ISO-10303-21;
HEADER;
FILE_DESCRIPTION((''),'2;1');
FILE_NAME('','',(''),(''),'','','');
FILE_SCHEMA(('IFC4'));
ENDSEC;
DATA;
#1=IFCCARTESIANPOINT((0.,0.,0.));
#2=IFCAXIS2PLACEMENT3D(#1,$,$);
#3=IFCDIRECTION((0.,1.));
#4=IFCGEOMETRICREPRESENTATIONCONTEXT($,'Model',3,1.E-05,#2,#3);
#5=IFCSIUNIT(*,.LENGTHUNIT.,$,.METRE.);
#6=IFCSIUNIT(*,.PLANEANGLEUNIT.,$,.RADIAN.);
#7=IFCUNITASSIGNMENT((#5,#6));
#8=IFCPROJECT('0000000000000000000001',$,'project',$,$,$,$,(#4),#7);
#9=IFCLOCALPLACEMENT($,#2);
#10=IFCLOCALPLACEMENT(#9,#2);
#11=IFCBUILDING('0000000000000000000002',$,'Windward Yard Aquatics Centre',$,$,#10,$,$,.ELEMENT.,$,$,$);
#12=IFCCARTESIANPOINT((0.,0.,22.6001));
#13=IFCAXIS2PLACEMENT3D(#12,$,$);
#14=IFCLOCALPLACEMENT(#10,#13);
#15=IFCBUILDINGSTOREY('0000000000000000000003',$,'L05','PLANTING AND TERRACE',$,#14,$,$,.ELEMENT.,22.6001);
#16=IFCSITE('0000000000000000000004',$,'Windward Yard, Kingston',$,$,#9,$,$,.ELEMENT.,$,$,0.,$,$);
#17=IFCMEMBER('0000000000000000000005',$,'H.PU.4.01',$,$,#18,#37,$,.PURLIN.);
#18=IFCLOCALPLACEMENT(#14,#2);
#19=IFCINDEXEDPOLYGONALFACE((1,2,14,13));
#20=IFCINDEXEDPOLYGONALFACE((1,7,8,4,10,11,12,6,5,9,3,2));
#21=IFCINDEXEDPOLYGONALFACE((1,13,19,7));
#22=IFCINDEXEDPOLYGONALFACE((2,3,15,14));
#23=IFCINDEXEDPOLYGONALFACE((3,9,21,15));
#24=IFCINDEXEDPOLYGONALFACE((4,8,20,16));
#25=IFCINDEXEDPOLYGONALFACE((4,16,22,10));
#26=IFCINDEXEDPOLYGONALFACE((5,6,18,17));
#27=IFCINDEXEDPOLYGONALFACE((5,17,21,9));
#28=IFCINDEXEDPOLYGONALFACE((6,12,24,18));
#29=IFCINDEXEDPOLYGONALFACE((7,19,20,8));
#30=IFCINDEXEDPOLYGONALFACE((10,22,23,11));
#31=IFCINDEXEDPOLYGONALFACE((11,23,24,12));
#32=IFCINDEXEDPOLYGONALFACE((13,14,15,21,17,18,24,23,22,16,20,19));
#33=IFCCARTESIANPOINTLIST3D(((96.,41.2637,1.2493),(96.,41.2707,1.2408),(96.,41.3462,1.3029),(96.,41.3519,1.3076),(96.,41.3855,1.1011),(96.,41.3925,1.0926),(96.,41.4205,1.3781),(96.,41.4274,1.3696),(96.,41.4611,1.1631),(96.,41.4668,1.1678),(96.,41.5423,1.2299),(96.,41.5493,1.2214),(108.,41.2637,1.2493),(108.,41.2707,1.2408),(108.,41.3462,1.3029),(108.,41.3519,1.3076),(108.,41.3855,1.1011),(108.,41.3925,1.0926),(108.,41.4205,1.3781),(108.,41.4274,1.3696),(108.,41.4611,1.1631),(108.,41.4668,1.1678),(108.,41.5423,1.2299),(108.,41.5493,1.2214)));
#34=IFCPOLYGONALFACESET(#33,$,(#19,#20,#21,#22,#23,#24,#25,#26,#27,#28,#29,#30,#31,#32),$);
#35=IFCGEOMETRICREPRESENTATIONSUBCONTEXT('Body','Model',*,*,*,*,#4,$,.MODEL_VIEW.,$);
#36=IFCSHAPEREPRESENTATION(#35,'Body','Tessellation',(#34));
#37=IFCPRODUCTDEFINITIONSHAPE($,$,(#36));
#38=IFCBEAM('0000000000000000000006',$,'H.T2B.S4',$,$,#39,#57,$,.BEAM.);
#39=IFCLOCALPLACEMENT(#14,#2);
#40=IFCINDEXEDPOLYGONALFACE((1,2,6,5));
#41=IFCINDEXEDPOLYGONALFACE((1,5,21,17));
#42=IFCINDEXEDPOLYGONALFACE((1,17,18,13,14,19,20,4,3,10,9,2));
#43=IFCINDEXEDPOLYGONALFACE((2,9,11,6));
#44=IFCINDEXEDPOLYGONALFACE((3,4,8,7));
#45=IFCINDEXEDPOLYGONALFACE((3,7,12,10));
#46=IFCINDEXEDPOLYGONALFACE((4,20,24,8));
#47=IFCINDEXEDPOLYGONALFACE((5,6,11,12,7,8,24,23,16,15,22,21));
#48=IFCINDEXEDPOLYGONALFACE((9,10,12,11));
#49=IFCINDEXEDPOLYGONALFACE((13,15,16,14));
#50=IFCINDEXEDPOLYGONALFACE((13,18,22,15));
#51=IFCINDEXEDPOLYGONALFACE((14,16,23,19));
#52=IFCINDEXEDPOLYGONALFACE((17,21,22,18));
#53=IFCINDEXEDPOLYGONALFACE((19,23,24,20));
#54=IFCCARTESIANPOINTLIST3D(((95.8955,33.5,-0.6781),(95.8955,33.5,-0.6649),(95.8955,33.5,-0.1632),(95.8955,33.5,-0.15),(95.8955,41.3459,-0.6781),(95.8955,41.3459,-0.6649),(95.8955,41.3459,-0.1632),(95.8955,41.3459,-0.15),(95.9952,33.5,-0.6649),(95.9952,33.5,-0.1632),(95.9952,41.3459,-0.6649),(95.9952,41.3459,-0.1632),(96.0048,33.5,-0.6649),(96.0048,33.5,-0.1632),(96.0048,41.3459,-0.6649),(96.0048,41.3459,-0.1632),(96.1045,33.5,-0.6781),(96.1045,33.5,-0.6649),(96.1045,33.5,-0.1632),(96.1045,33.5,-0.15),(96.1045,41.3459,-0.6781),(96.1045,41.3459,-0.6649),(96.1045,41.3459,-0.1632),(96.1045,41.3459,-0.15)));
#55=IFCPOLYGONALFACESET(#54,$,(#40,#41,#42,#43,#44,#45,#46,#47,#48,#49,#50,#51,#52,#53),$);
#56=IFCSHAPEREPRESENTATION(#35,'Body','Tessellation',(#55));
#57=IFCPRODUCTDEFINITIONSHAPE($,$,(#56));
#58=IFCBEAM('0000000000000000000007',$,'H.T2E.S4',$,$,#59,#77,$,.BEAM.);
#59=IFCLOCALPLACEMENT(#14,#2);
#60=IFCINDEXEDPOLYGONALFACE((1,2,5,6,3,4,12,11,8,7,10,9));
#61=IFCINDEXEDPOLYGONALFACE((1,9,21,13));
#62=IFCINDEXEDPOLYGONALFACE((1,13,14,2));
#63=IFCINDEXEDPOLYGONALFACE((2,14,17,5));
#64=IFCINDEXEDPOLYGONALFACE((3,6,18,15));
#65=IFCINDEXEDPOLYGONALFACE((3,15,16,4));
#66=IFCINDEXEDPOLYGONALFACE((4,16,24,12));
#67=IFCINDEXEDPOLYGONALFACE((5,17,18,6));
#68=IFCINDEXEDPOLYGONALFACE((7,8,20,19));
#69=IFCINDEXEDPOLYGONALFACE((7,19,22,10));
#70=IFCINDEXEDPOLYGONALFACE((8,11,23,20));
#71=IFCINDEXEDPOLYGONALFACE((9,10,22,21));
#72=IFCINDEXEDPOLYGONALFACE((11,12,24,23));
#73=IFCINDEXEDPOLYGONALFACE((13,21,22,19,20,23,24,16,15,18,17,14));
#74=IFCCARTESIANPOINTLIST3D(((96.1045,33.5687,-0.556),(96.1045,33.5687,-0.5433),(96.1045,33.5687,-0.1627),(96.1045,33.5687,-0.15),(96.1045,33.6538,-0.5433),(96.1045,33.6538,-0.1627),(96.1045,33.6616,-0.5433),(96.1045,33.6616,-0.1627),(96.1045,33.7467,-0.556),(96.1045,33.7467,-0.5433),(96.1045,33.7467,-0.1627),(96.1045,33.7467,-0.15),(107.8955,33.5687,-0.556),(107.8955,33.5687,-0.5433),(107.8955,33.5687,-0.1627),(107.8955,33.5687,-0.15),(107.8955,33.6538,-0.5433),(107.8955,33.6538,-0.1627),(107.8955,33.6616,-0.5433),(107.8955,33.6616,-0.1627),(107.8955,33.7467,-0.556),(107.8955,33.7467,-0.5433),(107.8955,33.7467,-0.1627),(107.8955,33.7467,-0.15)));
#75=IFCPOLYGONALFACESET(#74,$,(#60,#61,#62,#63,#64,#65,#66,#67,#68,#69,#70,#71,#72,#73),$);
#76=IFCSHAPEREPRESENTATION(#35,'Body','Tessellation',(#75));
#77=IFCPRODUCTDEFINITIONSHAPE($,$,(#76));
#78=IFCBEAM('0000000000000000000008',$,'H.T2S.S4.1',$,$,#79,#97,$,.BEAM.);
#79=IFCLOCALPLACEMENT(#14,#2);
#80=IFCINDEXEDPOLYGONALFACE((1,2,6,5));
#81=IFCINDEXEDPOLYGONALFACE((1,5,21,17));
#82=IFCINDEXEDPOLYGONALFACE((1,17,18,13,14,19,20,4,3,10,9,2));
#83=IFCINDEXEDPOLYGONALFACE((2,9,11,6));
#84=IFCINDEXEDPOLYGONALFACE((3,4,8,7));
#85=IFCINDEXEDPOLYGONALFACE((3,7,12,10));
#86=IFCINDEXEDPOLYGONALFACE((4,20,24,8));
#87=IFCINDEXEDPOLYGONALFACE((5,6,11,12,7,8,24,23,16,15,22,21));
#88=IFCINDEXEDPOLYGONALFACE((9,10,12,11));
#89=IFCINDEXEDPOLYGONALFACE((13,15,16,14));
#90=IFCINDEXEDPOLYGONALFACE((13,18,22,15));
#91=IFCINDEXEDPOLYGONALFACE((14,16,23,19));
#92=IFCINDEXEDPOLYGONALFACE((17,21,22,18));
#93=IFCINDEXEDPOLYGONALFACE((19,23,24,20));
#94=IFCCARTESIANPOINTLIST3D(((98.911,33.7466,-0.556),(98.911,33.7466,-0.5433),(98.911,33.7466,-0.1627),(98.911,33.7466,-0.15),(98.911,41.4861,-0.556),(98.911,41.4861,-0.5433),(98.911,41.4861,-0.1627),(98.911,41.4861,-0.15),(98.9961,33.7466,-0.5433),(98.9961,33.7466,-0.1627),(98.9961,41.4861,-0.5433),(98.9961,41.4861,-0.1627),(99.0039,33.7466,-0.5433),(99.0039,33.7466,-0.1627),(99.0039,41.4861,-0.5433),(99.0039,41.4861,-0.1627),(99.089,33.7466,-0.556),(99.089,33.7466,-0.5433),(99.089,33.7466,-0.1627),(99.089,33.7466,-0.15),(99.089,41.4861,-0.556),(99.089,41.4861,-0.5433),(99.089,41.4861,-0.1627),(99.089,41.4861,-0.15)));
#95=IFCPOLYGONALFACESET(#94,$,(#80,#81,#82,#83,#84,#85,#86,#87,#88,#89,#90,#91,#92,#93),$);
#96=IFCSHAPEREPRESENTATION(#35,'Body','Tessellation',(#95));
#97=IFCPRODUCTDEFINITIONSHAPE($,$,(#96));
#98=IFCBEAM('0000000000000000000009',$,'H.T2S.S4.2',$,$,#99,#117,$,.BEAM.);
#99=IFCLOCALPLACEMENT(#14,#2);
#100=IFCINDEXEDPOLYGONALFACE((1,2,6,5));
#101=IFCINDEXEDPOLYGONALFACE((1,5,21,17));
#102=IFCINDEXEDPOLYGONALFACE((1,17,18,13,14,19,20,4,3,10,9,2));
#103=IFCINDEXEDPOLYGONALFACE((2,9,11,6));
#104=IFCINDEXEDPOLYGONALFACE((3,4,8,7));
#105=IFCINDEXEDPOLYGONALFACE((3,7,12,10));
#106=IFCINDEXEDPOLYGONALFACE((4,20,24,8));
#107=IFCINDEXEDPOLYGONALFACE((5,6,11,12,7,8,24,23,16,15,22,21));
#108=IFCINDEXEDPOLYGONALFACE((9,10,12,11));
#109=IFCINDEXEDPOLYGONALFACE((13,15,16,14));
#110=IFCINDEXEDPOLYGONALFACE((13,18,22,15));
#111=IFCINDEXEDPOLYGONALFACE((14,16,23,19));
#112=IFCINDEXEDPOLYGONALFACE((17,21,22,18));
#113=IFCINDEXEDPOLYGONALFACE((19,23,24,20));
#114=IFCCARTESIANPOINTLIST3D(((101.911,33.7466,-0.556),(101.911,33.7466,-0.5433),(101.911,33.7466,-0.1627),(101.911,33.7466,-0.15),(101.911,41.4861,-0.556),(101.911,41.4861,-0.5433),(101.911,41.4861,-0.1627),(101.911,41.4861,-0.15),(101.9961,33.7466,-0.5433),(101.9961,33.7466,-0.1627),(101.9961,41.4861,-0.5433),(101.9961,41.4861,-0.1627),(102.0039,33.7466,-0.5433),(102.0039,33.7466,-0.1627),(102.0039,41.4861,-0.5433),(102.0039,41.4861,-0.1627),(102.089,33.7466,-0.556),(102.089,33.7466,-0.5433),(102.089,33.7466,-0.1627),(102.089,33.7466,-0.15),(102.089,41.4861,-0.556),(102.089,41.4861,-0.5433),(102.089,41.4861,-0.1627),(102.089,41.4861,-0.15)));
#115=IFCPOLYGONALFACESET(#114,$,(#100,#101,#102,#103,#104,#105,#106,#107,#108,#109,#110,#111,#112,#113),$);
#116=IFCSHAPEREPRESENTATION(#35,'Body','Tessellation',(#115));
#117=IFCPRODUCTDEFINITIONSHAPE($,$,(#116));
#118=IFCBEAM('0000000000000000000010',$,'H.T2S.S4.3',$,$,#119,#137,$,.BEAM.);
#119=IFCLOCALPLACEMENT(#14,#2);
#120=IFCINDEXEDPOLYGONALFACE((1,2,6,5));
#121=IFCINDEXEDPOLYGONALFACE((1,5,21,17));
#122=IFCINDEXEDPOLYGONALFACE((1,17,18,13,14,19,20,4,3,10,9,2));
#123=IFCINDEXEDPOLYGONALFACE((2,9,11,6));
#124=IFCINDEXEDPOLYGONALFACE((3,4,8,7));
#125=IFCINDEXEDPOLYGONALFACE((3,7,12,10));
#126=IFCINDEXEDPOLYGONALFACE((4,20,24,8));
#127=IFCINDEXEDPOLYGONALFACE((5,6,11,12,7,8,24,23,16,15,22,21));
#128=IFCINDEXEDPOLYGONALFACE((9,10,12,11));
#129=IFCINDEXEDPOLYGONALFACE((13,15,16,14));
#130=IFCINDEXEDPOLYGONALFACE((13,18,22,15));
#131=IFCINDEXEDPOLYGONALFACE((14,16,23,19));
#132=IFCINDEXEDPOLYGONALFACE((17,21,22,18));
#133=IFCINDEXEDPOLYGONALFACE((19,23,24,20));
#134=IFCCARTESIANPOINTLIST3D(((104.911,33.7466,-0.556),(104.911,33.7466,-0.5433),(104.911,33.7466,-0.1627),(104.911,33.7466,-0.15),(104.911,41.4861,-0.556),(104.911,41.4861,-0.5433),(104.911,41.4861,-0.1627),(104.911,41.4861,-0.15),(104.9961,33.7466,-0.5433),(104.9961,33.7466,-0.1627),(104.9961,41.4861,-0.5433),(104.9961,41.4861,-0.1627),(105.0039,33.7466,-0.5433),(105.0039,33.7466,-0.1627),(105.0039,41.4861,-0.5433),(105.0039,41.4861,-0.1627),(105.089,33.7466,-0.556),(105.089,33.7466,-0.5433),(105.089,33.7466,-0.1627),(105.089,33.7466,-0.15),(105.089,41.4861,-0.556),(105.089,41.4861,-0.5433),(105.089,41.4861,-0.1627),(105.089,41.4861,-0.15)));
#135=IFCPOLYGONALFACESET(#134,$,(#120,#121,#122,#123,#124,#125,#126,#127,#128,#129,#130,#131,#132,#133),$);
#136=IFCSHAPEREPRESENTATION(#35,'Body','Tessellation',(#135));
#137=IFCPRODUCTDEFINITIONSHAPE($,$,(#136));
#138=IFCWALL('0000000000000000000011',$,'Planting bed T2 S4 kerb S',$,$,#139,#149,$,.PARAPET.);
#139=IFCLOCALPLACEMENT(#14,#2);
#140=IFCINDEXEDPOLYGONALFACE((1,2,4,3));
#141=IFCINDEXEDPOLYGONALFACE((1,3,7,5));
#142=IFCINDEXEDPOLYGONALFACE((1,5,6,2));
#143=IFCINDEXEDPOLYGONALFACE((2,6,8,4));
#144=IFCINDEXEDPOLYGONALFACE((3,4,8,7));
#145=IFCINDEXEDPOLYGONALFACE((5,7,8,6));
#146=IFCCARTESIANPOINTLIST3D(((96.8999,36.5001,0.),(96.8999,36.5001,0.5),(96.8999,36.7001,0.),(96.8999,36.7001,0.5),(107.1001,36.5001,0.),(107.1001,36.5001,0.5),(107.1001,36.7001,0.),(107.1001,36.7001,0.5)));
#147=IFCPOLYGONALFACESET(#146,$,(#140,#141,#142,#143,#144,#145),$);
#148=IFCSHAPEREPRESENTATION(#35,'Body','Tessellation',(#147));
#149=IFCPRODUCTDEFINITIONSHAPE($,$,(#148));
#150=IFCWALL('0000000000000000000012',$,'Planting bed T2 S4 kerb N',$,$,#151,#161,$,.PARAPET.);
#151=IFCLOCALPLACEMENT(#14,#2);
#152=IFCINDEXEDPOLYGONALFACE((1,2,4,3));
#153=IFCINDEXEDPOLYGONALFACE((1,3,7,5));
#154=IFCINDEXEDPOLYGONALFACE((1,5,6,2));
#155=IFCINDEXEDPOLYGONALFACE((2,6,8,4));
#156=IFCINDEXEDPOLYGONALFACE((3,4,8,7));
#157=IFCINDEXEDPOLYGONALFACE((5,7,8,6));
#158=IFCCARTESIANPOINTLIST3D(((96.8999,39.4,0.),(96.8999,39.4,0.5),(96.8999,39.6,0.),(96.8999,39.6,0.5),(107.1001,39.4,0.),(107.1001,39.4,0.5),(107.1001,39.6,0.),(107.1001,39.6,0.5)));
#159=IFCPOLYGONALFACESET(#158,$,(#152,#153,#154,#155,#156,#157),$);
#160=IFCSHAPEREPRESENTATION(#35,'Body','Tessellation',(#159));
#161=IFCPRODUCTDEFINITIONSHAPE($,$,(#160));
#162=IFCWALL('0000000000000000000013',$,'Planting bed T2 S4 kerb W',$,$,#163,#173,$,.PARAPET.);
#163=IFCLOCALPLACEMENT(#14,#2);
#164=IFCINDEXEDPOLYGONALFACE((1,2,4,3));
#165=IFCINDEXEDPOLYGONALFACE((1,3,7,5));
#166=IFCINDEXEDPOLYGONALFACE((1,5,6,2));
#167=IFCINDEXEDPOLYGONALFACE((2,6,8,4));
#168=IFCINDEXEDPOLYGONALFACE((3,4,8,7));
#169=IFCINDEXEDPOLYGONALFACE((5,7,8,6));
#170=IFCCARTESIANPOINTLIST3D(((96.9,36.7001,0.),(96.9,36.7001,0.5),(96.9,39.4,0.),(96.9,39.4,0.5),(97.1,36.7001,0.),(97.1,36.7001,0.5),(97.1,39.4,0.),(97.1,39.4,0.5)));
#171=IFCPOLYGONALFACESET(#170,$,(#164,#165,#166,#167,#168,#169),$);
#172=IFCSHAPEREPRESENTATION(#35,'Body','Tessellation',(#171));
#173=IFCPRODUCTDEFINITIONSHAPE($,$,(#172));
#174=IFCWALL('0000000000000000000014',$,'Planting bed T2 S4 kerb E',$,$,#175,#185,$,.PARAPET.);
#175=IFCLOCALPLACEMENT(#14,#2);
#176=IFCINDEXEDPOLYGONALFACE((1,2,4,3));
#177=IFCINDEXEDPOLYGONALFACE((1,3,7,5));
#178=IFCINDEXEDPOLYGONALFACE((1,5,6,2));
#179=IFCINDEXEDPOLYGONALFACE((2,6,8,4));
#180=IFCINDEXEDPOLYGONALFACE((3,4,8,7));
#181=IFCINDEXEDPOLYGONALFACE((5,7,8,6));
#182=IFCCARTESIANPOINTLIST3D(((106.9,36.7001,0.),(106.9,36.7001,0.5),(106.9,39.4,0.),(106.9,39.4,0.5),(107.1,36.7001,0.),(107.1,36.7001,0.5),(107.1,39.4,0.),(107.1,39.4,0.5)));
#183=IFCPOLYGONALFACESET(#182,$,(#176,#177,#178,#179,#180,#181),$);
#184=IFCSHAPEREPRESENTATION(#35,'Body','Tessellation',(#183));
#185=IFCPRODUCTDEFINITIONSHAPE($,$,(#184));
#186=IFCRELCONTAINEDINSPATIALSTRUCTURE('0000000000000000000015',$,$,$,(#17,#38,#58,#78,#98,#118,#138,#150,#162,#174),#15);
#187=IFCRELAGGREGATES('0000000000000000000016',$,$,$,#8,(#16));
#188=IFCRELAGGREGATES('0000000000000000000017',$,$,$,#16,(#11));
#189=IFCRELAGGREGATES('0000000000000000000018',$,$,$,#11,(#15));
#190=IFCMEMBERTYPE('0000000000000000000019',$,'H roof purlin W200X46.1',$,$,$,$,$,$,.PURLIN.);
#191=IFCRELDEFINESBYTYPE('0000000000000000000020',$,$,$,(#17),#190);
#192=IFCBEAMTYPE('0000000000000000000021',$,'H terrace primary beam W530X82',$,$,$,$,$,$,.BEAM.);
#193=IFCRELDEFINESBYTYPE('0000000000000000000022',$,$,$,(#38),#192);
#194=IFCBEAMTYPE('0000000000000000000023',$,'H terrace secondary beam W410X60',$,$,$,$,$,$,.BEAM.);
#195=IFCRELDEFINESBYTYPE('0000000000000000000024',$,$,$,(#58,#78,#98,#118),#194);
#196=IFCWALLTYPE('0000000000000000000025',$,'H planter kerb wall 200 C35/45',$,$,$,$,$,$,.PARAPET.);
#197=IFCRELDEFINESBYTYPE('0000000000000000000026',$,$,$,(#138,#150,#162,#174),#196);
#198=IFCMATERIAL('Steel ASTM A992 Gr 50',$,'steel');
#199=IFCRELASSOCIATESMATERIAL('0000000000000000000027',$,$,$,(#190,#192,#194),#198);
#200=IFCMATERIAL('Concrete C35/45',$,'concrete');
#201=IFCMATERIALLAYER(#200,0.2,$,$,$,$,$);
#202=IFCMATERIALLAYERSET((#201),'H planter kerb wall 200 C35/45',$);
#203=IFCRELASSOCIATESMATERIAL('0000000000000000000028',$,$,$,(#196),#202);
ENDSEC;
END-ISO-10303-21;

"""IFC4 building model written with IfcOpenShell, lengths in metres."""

from ifc_helpers import new_model, si_unit, direction, frame, frame_2d, origin, origin_2d, place, context, subcontext, project, spatial, rectangle, i_section, extrude, material, layer, layer_set, material_profile, profile_set, type_object, element, save


model = new_model("IFC4")

# Units and contexts
model_context = context("Model", 3, precision=1e-05, world=origin(), true_north=direction((0.0, 1.0)))
body_context = subcontext(model_context, "Body", "Model", "MODEL_VIEW")
ifc_project = project(units=[si_unit("LENGTHUNIT", "METRE"), si_unit("PLANEANGLEUNIT", "RADIAN")], contexts=[model_context])

# Site, building, storey
site_placement = place(None, origin())
site = spatial("IfcSite", under=ifc_project, at=site_placement, Name="Windward Yard, Kingston", CompositionType="ELEMENT", RefElevation=0.0)
building_placement = place(site_placement, origin())
building = spatial("IfcBuilding", under=site, at=building_placement, Name="Windward Yard Aquatics Centre", CompositionType="ELEMENT")
storey_placement = place(building_placement, frame((0.0, 0.0, 22.6001)))
storey = spatial("IfcBuildingStorey", under=building, at=storey_placement, Name="L05", Description="PLANTING AND TERRACE", CompositionType="ELEMENT", Elevation=22.6001)

# Member
ifc_material_1 = material(Name="Steel ASTM A992 Gr 50", Category="steel")
ifc_material_profile_1 = material_profile(ifc_material_1, i_section(OverallWidth=0.2029, OverallDepth=0.2029, WebThickness=0.0073, FlangeThickness=0.011, at=origin_2d()), Name="W200X46.1")
ifc_profile_set_1 = profile_set([ifc_material_profile_1], Name="Steel ASTM A992 Gr 50")
member_type = type_object("IfcMemberType", Name="H roof purlin W200X46.1", PredefinedType="PURLIN", material=ifc_profile_set_1)
member_placement = place(storey_placement, frame((96.0, 41.4065, 1.2354), z_axis=(1.0, 0.0, 0.0), x_axis=(0.0, 0.772611, 0.63488)))
element("IfcMember", 1, at=member_placement, inside=storey, type_object=member_type, Name="H.PU.4.01", PredefinedType="PURLIN", context=body_context, shape_type="SweptSolid", body=[
    extrude(i_section(OverallWidth=0.2029, OverallDepth=0.2029, WebThickness=0.0073, FlangeThickness=0.011, at=origin_2d()), origin(), (0.0, 0.0, 1.0), 12.0),
])

# Beams
ifc_material_profile_2 = material_profile(ifc_material_1, i_section(OverallWidth=0.209, OverallDepth=0.5281, WebThickness=0.0095, FlangeThickness=0.0132, at=origin_2d()), Name="W530X82")
ifc_profile_set_2 = profile_set([ifc_material_profile_2], Name="Steel ASTM A992 Gr 50")
beam_type_1 = type_object("IfcBeamType", Name="H terrace primary beam W530X82", PredefinedType="BEAM", material=ifc_profile_set_2)
beam_1_placement = place(storey_placement, frame((96.0, 33.5, -0.4141), z_axis=(0.0, 1.0, 0.0), x_axis=(-1.0, 0.0, 0.0)))
element("IfcBeam", 2, at=beam_1_placement, inside=storey, type_object=beam_type_1, Name="H.T2B.S4", PredefinedType="BEAM", context=body_context, shape_type="SweptSolid", body=[
    extrude(i_section(OverallWidth=0.209, OverallDepth=0.5281, WebThickness=0.0095, FlangeThickness=0.0132, at=origin_2d()), origin(), (0.0, 0.0, 1.0), 7.8459),
])
ifc_material_profile_3 = material_profile(ifc_material_1, i_section(OverallWidth=0.178, OverallDepth=0.406, WebThickness=0.0078, FlangeThickness=0.0127, at=origin_2d()), Name="W410X60")
ifc_profile_set_3 = profile_set([ifc_material_profile_3], Name="Steel ASTM A992 Gr 50")
beam_type_2 = type_object("IfcBeamType", Name="H terrace secondary beam W410X60", PredefinedType="BEAM", material=ifc_profile_set_3)
beam_2_placement = place(storey_placement, frame((96.1045, 33.6577, -0.353), z_axis=(1.0, 0.0, 0.0), x_axis=(0.0, 1.0, 0.0)))
element("IfcBeam", 3, at=beam_2_placement, inside=storey, type_object=beam_type_2, Name="H.T2E.S4", PredefinedType="BEAM", context=body_context, shape_type="SweptSolid", body=[
    extrude(i_section(OverallWidth=0.178, OverallDepth=0.406, WebThickness=0.0078, FlangeThickness=0.0127, at=origin_2d()), origin(), (0.0, 0.0, 1.0), 11.791),
])
for number, where, z_axis, x_axis, name in (
    (4, (99.0, 33.7466, -0.353), (0.0, 1.0, 0.0), (-1.0, 0.0, 0.0), "H.T2S.S4.1"),
    (5, (102.0, 33.7466, -0.353), (0.0, 1.0, 0.0), (-1.0, 0.0, 0.0), "H.T2S.S4.2"),
    (6, (105.0, 33.7466, -0.353), (0.0, 1.0, 0.0), (-1.0, 0.0, 0.0), "H.T2S.S4.3"),
):
    element("IfcBeam", number, at=place(storey_placement, frame(where, z_axis=z_axis, x_axis=x_axis)), inside=storey, type_object=beam_type_2, Name=name, PredefinedType="BEAM", context=body_context, shape_type="SweptSolid", body=[
        extrude(i_section(OverallWidth=0.178, OverallDepth=0.406, WebThickness=0.0078, FlangeThickness=0.0127, at=origin_2d()), origin(), (0.0, 0.0, 1.0), 7.7395),
    ])

# Walls
ifc_material_2 = material(Name="Concrete C35/45", Category="concrete")
ifc_layer_1 = layer(ifc_material_2, 0.2)
ifc_layer_set_1 = layer_set([ifc_layer_1], Name="H planter kerb wall 200 C35/45")
wall_type_1 = type_object("IfcWallType", Name="H planter kerb wall 200 C35/45", PredefinedType="PARAPET", material=ifc_layer_set_1)
for number, where, z_axis, x_axis, name in (
    (7, (96.8999, 36.6001, 0.0), (0.0, 0.0, 1.0), (1.0, 0.0, 0.0), "Planting bed T2 S4 kerb S"),
    (8, (96.8999, 39.5, 0.0), (0.0, 0.0, 1.0), (1.0, 0.0, 0.0), "Planting bed T2 S4 kerb N"),
):
    element("IfcWall", number, at=place(storey_placement, frame(where, z_axis=z_axis, x_axis=x_axis)), inside=storey, type_object=wall_type_1, Name=name, PredefinedType="PARAPET", context=body_context, shape_type="SweptSolid", body=[
        extrude(rectangle(XDim=10.2002, YDim=0.2, at=frame_2d((5.1001, 0.0))), origin(), (0.0, 0.0, 1.0), 0.5),
    ])
for number, where, z_axis, x_axis, name in (
    (9, (97.0, 36.7, 0.0), (0.0, 0.0, 1.0), (0.0, 1.0, 0.0), "Planting bed T2 S4 kerb W"),
    (10, (107.0, 36.7, 0.0), (0.0, 0.0, 1.0), (0.0, 1.0, 0.0), "Planting bed T2 S4 kerb E"),
):
    element("IfcWall", number, at=place(storey_placement, frame(where, z_axis=z_axis, x_axis=x_axis)), inside=storey, type_object=wall_type_1, Name=name, PredefinedType="PARAPET", context=body_context, shape_type="SweptSolid", body=[
        extrude(rectangle(XDim=2.7, YDim=0.2, at=frame_2d((1.3501, 0.0))), origin(), (0.0, 0.0, 1.0), 0.5),
    ])

save(model, "model.ifc")
